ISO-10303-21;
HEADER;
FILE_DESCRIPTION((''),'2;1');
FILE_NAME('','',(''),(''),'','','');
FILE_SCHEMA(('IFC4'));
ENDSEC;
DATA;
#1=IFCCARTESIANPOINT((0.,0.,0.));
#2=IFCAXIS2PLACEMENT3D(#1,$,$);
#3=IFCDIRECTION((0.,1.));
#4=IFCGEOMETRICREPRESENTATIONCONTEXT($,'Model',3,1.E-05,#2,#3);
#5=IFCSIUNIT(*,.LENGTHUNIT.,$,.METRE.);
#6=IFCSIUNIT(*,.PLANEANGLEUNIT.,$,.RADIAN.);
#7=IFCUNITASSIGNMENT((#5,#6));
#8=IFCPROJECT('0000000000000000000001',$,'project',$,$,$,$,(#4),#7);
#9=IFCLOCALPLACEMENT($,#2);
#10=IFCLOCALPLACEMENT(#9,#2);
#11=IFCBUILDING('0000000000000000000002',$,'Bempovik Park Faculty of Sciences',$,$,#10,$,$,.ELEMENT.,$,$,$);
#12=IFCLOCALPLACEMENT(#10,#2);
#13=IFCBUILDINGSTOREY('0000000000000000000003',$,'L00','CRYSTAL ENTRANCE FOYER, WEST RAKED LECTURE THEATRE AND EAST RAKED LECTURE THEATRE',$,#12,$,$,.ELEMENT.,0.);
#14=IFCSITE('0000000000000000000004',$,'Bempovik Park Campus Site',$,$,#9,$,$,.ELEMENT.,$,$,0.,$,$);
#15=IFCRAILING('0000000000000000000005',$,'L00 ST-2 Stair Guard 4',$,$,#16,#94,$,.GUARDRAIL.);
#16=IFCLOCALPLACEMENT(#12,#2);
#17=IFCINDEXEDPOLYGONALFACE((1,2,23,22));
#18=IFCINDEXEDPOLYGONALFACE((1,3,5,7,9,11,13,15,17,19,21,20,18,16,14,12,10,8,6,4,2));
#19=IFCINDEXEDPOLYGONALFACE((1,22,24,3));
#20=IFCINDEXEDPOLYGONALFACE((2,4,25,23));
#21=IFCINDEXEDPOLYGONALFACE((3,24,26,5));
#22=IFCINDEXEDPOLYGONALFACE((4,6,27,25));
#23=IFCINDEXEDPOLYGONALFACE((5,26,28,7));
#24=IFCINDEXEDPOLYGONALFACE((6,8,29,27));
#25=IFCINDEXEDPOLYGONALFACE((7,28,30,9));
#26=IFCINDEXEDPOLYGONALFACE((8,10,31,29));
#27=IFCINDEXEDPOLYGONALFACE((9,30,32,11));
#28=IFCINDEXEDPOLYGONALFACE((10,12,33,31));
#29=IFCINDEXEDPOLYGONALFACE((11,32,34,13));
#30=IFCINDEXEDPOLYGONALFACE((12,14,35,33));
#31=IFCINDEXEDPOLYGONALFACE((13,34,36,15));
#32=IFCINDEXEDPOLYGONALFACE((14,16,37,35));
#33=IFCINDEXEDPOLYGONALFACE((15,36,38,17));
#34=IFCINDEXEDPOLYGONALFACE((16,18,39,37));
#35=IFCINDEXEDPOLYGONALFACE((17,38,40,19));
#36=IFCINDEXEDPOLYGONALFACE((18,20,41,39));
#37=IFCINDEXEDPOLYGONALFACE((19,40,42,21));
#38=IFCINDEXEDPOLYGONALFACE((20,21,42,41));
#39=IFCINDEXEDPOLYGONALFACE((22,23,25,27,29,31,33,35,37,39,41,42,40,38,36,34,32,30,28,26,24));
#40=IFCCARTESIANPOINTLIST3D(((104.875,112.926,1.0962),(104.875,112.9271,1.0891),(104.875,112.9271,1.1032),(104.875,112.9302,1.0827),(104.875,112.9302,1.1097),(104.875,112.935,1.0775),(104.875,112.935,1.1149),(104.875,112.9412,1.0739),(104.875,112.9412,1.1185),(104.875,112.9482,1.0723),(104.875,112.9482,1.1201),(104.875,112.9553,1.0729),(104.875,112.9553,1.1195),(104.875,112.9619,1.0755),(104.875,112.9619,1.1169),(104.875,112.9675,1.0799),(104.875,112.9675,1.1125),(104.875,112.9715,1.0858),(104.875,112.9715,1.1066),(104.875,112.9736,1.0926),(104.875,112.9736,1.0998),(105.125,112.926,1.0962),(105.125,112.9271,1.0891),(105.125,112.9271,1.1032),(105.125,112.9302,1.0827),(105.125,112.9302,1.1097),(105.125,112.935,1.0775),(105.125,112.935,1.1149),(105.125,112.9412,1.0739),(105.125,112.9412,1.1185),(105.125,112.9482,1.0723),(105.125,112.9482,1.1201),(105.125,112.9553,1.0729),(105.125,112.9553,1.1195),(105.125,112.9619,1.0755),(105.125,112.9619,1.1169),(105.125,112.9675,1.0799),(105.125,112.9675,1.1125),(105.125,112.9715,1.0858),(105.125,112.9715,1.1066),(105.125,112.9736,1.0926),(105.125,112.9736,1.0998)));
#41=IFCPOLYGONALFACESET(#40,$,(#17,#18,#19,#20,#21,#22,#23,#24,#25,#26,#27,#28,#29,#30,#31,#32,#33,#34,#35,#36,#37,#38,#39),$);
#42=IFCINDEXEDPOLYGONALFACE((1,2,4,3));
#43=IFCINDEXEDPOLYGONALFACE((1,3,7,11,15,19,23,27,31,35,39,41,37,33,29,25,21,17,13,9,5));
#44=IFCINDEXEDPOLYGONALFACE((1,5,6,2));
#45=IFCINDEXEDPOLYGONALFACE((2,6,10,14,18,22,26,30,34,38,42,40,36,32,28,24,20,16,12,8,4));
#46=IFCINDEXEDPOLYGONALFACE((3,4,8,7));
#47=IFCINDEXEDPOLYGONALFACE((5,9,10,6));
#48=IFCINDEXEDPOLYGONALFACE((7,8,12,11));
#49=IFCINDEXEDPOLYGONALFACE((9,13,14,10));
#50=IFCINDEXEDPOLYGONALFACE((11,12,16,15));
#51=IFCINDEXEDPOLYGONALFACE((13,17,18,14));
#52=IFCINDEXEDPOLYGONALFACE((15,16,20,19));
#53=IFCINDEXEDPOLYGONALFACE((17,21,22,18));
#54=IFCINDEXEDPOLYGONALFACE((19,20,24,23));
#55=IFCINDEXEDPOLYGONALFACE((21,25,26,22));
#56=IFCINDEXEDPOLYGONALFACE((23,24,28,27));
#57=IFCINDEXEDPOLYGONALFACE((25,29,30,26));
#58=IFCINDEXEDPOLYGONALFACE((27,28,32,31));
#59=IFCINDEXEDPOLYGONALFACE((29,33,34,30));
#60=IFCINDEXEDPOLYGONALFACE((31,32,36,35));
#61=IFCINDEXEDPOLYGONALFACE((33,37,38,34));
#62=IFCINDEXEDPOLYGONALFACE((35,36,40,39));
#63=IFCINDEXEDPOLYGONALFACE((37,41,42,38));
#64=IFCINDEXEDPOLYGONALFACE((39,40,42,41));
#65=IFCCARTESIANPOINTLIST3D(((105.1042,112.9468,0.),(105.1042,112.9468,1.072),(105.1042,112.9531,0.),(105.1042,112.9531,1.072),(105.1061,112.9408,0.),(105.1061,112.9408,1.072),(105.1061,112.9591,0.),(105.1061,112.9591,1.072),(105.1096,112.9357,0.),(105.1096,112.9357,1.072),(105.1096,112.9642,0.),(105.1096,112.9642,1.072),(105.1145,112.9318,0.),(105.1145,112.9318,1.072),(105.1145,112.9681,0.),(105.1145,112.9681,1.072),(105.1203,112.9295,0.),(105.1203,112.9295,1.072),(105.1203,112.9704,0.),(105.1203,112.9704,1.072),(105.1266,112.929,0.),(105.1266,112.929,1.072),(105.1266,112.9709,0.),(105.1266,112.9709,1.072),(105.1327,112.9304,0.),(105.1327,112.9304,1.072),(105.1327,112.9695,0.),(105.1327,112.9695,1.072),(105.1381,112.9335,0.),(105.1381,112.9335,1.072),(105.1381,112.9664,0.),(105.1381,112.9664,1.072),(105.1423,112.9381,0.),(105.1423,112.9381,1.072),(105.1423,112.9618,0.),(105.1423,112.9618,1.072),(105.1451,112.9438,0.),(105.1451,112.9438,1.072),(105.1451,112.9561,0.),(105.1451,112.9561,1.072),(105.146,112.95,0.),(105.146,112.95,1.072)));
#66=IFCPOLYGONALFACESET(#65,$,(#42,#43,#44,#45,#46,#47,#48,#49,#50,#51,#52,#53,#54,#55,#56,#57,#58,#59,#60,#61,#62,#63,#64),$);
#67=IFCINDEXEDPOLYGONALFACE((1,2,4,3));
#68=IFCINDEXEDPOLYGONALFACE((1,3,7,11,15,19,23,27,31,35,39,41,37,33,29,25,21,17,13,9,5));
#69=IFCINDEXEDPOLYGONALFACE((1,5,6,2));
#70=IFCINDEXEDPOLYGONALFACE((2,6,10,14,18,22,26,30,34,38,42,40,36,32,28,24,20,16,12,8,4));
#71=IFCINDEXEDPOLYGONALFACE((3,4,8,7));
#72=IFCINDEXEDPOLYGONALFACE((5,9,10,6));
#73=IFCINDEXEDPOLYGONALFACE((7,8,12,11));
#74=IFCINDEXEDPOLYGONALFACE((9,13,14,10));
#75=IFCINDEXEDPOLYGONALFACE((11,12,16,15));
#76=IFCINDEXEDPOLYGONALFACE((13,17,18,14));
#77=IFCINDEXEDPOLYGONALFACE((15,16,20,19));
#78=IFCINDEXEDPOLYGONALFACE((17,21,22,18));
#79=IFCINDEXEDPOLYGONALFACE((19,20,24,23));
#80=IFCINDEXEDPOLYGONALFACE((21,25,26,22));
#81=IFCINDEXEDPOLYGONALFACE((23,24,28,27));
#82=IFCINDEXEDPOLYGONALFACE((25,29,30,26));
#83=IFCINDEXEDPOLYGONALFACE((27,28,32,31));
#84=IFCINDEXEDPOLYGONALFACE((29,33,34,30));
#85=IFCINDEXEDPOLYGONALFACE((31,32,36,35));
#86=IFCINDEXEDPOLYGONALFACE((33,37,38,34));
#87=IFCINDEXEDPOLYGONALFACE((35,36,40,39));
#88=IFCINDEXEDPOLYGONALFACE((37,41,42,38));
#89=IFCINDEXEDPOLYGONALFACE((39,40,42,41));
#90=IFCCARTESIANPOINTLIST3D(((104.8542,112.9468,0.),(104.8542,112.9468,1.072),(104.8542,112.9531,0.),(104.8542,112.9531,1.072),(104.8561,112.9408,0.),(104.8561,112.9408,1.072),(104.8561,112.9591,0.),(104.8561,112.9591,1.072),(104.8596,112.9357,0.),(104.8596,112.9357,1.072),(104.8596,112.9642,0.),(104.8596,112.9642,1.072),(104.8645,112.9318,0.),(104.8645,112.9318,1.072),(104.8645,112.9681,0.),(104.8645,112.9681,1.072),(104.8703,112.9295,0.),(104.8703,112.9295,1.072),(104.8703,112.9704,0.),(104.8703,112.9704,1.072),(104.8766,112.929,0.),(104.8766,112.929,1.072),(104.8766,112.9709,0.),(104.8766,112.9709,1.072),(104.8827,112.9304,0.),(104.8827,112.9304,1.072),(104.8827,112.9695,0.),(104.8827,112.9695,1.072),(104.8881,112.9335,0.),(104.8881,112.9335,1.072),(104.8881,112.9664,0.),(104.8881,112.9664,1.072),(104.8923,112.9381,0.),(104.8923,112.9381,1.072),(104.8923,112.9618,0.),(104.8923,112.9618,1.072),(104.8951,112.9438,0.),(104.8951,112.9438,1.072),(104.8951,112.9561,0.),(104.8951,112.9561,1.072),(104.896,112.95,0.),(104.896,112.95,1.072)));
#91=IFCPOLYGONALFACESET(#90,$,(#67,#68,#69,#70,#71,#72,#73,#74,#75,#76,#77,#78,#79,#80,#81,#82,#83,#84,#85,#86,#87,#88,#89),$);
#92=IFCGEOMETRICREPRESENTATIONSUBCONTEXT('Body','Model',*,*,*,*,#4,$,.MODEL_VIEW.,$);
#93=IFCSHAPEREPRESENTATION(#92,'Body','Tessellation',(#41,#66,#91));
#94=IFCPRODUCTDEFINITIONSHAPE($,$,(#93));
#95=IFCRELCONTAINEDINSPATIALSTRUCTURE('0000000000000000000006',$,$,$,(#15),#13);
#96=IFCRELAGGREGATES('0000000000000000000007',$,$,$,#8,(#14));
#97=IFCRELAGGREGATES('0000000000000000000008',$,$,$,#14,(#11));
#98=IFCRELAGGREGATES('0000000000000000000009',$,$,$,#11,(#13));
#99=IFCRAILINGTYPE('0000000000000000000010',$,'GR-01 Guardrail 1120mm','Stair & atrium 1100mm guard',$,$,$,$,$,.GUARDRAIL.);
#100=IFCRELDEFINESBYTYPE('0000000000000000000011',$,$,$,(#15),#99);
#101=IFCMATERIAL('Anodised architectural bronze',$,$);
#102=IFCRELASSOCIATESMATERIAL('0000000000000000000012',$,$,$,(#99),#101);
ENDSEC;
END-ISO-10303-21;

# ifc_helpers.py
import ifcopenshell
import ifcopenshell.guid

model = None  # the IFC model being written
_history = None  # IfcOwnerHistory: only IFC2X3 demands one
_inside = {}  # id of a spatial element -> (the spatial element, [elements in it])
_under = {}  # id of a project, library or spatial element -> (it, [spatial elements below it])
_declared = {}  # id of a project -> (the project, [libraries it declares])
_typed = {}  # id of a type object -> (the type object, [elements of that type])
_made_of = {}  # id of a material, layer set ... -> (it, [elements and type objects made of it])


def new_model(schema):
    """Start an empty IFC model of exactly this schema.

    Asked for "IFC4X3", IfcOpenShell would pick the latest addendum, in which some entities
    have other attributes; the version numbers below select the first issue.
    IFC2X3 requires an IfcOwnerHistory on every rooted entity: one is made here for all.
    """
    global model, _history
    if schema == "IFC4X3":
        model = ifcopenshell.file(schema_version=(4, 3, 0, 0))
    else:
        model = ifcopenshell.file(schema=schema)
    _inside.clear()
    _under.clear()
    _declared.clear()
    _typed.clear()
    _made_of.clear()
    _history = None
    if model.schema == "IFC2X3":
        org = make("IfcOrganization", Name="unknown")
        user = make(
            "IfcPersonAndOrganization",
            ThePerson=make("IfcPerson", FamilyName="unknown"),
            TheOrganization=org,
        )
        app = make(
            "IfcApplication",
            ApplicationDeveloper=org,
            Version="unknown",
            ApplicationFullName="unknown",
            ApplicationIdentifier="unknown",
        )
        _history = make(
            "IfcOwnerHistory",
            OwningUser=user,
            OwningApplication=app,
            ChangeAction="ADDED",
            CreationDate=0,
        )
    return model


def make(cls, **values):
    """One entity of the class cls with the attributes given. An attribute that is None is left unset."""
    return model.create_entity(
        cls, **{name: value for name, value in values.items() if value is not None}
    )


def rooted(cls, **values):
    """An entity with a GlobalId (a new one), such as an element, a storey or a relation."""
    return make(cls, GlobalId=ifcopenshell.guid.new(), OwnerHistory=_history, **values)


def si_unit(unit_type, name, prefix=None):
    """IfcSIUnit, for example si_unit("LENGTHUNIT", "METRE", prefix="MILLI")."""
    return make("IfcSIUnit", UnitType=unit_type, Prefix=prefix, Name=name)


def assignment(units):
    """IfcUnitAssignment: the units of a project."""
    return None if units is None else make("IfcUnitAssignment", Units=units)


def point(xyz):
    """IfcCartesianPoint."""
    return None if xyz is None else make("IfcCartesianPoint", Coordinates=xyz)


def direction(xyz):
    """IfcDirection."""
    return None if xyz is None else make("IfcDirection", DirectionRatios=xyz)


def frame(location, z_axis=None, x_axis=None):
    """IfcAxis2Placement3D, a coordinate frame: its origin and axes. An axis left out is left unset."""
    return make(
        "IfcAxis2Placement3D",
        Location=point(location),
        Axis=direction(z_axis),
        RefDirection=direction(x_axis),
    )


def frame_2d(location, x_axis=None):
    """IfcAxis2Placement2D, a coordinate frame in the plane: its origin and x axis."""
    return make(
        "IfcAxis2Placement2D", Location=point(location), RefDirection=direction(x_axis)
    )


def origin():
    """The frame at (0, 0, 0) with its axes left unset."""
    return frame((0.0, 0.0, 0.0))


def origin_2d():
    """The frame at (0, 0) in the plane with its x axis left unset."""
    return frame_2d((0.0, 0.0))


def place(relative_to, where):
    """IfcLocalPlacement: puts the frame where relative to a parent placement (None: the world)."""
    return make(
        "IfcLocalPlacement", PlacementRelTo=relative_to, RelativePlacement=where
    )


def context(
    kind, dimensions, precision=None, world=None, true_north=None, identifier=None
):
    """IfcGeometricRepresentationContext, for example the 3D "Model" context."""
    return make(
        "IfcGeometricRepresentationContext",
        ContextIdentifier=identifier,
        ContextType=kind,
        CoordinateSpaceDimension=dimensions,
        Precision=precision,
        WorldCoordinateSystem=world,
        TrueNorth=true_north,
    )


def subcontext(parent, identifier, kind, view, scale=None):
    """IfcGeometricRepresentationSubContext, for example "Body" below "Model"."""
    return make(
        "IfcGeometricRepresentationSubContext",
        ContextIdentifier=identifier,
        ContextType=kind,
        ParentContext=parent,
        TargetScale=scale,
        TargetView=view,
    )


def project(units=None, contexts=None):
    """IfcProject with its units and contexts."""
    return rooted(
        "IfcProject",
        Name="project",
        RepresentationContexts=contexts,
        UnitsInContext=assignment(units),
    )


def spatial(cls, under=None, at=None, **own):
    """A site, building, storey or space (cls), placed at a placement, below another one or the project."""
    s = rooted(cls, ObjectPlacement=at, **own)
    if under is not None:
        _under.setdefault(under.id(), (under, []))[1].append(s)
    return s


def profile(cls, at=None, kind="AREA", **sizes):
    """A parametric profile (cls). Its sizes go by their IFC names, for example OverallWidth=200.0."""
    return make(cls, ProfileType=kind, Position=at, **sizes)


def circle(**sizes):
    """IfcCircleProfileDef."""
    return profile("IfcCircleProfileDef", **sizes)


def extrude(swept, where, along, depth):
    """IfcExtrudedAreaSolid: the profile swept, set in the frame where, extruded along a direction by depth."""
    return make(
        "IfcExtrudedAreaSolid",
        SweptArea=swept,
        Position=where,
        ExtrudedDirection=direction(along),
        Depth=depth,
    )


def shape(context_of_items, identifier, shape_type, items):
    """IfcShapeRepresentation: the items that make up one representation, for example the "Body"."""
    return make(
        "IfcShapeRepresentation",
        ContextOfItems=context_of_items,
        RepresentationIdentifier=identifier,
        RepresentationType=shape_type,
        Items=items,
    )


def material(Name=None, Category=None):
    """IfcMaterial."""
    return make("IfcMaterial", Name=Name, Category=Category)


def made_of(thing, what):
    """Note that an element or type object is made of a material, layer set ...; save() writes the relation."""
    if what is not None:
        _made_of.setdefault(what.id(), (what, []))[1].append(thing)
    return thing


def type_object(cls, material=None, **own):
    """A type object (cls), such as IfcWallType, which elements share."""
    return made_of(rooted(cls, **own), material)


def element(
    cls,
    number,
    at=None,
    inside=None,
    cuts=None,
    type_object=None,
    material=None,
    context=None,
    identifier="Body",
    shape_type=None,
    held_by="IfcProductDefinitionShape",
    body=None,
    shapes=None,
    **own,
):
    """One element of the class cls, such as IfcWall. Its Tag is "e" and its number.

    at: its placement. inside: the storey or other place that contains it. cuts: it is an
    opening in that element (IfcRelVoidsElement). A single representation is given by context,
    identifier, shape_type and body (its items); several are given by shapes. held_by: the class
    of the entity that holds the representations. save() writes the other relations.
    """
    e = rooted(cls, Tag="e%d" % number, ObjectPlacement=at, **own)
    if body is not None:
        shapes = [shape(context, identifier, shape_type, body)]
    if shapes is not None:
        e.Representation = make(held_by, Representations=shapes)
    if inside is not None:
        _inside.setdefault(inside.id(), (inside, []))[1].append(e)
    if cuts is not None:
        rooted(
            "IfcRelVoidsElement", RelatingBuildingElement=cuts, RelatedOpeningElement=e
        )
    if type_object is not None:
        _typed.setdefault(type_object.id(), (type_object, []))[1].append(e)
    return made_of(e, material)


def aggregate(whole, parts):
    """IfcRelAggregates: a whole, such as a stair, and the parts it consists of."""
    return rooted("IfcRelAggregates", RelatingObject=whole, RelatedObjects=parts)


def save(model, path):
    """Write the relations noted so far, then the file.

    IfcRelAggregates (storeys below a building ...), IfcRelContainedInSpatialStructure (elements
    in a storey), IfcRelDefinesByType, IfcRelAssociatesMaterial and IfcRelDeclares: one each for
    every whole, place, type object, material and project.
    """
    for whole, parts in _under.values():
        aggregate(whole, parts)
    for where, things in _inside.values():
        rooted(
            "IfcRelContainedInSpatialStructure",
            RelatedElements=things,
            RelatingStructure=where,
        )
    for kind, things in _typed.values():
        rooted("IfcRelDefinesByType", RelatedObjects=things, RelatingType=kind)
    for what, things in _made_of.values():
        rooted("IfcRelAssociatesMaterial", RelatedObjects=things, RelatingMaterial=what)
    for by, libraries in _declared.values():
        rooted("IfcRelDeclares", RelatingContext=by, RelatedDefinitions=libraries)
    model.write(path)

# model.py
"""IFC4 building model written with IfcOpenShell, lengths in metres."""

from ifc_helpers import new_model, si_unit, direction, frame, origin, origin_2d, place, context, subcontext, project, spatial, circle, extrude, material, type_object, element, save


model = new_model("IFC4")

# Units and contexts
model_context = context("Model", 3, precision=1e-05, world=origin(), true_north=direction((0.0, 1.0)))
body_context = subcontext(model_context, "Body", "Model", "MODEL_VIEW")
ifc_project = project(units=[si_unit("LENGTHUNIT", "METRE"), si_unit("PLANEANGLEUNIT", "RADIAN")], contexts=[model_context])

# Site, building, storey
site_placement = place(None, origin())
site = spatial("IfcSite", under=ifc_project, at=site_placement, Name="Bempovik Park Campus Site", CompositionType="ELEMENT", RefElevation=0.0)
building_placement = place(site_placement, origin())
building = spatial("IfcBuilding", under=site, at=building_placement, Name="Bempovik Park Faculty of Sciences", CompositionType="ELEMENT")
storey_placement = place(building_placement, origin())
storey = spatial("IfcBuildingStorey", under=building, at=storey_placement, Name="L00", Description="CRYSTAL ENTRANCE FOYER, WEST RAKED LECTURE THEATRE AND EAST RAKED LECTURE THEATRE", CompositionType="ELEMENT", Elevation=0.0)

# Railing
ifc_material_1 = material(Name="Anodised architectural bronze")
railing_type_1 = type_object("IfcRailingType", Name="GR-01 Guardrail 1120mm", Description="Stair & atrium 1100mm guard", PredefinedType="GUARDRAIL", material=ifc_material_1)
railing_1_placement = place(storey_placement, frame((105.125, 112.95, 0.0)))
element("IfcRailing", 1, at=railing_1_placement, inside=storey, type_object=railing_type_1, Name="L00 ST-2 Stair Guard 4", PredefinedType="GUARDRAIL", context=body_context, shape_type="SweptSolid", body=[
    extrude(circle(Radius=0.0239, at=origin_2d()), frame((0.0, 0.0, 1.0962), z_axis=(-1.0, 0.0, 0.0), x_axis=(0.0, -1.0, 0.0)), (0.0, 0.0, 1.0), 0.25),
    extrude(circle(Radius=0.021, at=origin_2d()), origin(), (0.0, 0.0, 1.0), 1.072),
    extrude(circle(Radius=0.021, at=origin_2d()), frame((-0.25, 0.0, 0.0)), (0.0, 0.0, 1.0), 1.072),
])

save(model, "model.ifc")
